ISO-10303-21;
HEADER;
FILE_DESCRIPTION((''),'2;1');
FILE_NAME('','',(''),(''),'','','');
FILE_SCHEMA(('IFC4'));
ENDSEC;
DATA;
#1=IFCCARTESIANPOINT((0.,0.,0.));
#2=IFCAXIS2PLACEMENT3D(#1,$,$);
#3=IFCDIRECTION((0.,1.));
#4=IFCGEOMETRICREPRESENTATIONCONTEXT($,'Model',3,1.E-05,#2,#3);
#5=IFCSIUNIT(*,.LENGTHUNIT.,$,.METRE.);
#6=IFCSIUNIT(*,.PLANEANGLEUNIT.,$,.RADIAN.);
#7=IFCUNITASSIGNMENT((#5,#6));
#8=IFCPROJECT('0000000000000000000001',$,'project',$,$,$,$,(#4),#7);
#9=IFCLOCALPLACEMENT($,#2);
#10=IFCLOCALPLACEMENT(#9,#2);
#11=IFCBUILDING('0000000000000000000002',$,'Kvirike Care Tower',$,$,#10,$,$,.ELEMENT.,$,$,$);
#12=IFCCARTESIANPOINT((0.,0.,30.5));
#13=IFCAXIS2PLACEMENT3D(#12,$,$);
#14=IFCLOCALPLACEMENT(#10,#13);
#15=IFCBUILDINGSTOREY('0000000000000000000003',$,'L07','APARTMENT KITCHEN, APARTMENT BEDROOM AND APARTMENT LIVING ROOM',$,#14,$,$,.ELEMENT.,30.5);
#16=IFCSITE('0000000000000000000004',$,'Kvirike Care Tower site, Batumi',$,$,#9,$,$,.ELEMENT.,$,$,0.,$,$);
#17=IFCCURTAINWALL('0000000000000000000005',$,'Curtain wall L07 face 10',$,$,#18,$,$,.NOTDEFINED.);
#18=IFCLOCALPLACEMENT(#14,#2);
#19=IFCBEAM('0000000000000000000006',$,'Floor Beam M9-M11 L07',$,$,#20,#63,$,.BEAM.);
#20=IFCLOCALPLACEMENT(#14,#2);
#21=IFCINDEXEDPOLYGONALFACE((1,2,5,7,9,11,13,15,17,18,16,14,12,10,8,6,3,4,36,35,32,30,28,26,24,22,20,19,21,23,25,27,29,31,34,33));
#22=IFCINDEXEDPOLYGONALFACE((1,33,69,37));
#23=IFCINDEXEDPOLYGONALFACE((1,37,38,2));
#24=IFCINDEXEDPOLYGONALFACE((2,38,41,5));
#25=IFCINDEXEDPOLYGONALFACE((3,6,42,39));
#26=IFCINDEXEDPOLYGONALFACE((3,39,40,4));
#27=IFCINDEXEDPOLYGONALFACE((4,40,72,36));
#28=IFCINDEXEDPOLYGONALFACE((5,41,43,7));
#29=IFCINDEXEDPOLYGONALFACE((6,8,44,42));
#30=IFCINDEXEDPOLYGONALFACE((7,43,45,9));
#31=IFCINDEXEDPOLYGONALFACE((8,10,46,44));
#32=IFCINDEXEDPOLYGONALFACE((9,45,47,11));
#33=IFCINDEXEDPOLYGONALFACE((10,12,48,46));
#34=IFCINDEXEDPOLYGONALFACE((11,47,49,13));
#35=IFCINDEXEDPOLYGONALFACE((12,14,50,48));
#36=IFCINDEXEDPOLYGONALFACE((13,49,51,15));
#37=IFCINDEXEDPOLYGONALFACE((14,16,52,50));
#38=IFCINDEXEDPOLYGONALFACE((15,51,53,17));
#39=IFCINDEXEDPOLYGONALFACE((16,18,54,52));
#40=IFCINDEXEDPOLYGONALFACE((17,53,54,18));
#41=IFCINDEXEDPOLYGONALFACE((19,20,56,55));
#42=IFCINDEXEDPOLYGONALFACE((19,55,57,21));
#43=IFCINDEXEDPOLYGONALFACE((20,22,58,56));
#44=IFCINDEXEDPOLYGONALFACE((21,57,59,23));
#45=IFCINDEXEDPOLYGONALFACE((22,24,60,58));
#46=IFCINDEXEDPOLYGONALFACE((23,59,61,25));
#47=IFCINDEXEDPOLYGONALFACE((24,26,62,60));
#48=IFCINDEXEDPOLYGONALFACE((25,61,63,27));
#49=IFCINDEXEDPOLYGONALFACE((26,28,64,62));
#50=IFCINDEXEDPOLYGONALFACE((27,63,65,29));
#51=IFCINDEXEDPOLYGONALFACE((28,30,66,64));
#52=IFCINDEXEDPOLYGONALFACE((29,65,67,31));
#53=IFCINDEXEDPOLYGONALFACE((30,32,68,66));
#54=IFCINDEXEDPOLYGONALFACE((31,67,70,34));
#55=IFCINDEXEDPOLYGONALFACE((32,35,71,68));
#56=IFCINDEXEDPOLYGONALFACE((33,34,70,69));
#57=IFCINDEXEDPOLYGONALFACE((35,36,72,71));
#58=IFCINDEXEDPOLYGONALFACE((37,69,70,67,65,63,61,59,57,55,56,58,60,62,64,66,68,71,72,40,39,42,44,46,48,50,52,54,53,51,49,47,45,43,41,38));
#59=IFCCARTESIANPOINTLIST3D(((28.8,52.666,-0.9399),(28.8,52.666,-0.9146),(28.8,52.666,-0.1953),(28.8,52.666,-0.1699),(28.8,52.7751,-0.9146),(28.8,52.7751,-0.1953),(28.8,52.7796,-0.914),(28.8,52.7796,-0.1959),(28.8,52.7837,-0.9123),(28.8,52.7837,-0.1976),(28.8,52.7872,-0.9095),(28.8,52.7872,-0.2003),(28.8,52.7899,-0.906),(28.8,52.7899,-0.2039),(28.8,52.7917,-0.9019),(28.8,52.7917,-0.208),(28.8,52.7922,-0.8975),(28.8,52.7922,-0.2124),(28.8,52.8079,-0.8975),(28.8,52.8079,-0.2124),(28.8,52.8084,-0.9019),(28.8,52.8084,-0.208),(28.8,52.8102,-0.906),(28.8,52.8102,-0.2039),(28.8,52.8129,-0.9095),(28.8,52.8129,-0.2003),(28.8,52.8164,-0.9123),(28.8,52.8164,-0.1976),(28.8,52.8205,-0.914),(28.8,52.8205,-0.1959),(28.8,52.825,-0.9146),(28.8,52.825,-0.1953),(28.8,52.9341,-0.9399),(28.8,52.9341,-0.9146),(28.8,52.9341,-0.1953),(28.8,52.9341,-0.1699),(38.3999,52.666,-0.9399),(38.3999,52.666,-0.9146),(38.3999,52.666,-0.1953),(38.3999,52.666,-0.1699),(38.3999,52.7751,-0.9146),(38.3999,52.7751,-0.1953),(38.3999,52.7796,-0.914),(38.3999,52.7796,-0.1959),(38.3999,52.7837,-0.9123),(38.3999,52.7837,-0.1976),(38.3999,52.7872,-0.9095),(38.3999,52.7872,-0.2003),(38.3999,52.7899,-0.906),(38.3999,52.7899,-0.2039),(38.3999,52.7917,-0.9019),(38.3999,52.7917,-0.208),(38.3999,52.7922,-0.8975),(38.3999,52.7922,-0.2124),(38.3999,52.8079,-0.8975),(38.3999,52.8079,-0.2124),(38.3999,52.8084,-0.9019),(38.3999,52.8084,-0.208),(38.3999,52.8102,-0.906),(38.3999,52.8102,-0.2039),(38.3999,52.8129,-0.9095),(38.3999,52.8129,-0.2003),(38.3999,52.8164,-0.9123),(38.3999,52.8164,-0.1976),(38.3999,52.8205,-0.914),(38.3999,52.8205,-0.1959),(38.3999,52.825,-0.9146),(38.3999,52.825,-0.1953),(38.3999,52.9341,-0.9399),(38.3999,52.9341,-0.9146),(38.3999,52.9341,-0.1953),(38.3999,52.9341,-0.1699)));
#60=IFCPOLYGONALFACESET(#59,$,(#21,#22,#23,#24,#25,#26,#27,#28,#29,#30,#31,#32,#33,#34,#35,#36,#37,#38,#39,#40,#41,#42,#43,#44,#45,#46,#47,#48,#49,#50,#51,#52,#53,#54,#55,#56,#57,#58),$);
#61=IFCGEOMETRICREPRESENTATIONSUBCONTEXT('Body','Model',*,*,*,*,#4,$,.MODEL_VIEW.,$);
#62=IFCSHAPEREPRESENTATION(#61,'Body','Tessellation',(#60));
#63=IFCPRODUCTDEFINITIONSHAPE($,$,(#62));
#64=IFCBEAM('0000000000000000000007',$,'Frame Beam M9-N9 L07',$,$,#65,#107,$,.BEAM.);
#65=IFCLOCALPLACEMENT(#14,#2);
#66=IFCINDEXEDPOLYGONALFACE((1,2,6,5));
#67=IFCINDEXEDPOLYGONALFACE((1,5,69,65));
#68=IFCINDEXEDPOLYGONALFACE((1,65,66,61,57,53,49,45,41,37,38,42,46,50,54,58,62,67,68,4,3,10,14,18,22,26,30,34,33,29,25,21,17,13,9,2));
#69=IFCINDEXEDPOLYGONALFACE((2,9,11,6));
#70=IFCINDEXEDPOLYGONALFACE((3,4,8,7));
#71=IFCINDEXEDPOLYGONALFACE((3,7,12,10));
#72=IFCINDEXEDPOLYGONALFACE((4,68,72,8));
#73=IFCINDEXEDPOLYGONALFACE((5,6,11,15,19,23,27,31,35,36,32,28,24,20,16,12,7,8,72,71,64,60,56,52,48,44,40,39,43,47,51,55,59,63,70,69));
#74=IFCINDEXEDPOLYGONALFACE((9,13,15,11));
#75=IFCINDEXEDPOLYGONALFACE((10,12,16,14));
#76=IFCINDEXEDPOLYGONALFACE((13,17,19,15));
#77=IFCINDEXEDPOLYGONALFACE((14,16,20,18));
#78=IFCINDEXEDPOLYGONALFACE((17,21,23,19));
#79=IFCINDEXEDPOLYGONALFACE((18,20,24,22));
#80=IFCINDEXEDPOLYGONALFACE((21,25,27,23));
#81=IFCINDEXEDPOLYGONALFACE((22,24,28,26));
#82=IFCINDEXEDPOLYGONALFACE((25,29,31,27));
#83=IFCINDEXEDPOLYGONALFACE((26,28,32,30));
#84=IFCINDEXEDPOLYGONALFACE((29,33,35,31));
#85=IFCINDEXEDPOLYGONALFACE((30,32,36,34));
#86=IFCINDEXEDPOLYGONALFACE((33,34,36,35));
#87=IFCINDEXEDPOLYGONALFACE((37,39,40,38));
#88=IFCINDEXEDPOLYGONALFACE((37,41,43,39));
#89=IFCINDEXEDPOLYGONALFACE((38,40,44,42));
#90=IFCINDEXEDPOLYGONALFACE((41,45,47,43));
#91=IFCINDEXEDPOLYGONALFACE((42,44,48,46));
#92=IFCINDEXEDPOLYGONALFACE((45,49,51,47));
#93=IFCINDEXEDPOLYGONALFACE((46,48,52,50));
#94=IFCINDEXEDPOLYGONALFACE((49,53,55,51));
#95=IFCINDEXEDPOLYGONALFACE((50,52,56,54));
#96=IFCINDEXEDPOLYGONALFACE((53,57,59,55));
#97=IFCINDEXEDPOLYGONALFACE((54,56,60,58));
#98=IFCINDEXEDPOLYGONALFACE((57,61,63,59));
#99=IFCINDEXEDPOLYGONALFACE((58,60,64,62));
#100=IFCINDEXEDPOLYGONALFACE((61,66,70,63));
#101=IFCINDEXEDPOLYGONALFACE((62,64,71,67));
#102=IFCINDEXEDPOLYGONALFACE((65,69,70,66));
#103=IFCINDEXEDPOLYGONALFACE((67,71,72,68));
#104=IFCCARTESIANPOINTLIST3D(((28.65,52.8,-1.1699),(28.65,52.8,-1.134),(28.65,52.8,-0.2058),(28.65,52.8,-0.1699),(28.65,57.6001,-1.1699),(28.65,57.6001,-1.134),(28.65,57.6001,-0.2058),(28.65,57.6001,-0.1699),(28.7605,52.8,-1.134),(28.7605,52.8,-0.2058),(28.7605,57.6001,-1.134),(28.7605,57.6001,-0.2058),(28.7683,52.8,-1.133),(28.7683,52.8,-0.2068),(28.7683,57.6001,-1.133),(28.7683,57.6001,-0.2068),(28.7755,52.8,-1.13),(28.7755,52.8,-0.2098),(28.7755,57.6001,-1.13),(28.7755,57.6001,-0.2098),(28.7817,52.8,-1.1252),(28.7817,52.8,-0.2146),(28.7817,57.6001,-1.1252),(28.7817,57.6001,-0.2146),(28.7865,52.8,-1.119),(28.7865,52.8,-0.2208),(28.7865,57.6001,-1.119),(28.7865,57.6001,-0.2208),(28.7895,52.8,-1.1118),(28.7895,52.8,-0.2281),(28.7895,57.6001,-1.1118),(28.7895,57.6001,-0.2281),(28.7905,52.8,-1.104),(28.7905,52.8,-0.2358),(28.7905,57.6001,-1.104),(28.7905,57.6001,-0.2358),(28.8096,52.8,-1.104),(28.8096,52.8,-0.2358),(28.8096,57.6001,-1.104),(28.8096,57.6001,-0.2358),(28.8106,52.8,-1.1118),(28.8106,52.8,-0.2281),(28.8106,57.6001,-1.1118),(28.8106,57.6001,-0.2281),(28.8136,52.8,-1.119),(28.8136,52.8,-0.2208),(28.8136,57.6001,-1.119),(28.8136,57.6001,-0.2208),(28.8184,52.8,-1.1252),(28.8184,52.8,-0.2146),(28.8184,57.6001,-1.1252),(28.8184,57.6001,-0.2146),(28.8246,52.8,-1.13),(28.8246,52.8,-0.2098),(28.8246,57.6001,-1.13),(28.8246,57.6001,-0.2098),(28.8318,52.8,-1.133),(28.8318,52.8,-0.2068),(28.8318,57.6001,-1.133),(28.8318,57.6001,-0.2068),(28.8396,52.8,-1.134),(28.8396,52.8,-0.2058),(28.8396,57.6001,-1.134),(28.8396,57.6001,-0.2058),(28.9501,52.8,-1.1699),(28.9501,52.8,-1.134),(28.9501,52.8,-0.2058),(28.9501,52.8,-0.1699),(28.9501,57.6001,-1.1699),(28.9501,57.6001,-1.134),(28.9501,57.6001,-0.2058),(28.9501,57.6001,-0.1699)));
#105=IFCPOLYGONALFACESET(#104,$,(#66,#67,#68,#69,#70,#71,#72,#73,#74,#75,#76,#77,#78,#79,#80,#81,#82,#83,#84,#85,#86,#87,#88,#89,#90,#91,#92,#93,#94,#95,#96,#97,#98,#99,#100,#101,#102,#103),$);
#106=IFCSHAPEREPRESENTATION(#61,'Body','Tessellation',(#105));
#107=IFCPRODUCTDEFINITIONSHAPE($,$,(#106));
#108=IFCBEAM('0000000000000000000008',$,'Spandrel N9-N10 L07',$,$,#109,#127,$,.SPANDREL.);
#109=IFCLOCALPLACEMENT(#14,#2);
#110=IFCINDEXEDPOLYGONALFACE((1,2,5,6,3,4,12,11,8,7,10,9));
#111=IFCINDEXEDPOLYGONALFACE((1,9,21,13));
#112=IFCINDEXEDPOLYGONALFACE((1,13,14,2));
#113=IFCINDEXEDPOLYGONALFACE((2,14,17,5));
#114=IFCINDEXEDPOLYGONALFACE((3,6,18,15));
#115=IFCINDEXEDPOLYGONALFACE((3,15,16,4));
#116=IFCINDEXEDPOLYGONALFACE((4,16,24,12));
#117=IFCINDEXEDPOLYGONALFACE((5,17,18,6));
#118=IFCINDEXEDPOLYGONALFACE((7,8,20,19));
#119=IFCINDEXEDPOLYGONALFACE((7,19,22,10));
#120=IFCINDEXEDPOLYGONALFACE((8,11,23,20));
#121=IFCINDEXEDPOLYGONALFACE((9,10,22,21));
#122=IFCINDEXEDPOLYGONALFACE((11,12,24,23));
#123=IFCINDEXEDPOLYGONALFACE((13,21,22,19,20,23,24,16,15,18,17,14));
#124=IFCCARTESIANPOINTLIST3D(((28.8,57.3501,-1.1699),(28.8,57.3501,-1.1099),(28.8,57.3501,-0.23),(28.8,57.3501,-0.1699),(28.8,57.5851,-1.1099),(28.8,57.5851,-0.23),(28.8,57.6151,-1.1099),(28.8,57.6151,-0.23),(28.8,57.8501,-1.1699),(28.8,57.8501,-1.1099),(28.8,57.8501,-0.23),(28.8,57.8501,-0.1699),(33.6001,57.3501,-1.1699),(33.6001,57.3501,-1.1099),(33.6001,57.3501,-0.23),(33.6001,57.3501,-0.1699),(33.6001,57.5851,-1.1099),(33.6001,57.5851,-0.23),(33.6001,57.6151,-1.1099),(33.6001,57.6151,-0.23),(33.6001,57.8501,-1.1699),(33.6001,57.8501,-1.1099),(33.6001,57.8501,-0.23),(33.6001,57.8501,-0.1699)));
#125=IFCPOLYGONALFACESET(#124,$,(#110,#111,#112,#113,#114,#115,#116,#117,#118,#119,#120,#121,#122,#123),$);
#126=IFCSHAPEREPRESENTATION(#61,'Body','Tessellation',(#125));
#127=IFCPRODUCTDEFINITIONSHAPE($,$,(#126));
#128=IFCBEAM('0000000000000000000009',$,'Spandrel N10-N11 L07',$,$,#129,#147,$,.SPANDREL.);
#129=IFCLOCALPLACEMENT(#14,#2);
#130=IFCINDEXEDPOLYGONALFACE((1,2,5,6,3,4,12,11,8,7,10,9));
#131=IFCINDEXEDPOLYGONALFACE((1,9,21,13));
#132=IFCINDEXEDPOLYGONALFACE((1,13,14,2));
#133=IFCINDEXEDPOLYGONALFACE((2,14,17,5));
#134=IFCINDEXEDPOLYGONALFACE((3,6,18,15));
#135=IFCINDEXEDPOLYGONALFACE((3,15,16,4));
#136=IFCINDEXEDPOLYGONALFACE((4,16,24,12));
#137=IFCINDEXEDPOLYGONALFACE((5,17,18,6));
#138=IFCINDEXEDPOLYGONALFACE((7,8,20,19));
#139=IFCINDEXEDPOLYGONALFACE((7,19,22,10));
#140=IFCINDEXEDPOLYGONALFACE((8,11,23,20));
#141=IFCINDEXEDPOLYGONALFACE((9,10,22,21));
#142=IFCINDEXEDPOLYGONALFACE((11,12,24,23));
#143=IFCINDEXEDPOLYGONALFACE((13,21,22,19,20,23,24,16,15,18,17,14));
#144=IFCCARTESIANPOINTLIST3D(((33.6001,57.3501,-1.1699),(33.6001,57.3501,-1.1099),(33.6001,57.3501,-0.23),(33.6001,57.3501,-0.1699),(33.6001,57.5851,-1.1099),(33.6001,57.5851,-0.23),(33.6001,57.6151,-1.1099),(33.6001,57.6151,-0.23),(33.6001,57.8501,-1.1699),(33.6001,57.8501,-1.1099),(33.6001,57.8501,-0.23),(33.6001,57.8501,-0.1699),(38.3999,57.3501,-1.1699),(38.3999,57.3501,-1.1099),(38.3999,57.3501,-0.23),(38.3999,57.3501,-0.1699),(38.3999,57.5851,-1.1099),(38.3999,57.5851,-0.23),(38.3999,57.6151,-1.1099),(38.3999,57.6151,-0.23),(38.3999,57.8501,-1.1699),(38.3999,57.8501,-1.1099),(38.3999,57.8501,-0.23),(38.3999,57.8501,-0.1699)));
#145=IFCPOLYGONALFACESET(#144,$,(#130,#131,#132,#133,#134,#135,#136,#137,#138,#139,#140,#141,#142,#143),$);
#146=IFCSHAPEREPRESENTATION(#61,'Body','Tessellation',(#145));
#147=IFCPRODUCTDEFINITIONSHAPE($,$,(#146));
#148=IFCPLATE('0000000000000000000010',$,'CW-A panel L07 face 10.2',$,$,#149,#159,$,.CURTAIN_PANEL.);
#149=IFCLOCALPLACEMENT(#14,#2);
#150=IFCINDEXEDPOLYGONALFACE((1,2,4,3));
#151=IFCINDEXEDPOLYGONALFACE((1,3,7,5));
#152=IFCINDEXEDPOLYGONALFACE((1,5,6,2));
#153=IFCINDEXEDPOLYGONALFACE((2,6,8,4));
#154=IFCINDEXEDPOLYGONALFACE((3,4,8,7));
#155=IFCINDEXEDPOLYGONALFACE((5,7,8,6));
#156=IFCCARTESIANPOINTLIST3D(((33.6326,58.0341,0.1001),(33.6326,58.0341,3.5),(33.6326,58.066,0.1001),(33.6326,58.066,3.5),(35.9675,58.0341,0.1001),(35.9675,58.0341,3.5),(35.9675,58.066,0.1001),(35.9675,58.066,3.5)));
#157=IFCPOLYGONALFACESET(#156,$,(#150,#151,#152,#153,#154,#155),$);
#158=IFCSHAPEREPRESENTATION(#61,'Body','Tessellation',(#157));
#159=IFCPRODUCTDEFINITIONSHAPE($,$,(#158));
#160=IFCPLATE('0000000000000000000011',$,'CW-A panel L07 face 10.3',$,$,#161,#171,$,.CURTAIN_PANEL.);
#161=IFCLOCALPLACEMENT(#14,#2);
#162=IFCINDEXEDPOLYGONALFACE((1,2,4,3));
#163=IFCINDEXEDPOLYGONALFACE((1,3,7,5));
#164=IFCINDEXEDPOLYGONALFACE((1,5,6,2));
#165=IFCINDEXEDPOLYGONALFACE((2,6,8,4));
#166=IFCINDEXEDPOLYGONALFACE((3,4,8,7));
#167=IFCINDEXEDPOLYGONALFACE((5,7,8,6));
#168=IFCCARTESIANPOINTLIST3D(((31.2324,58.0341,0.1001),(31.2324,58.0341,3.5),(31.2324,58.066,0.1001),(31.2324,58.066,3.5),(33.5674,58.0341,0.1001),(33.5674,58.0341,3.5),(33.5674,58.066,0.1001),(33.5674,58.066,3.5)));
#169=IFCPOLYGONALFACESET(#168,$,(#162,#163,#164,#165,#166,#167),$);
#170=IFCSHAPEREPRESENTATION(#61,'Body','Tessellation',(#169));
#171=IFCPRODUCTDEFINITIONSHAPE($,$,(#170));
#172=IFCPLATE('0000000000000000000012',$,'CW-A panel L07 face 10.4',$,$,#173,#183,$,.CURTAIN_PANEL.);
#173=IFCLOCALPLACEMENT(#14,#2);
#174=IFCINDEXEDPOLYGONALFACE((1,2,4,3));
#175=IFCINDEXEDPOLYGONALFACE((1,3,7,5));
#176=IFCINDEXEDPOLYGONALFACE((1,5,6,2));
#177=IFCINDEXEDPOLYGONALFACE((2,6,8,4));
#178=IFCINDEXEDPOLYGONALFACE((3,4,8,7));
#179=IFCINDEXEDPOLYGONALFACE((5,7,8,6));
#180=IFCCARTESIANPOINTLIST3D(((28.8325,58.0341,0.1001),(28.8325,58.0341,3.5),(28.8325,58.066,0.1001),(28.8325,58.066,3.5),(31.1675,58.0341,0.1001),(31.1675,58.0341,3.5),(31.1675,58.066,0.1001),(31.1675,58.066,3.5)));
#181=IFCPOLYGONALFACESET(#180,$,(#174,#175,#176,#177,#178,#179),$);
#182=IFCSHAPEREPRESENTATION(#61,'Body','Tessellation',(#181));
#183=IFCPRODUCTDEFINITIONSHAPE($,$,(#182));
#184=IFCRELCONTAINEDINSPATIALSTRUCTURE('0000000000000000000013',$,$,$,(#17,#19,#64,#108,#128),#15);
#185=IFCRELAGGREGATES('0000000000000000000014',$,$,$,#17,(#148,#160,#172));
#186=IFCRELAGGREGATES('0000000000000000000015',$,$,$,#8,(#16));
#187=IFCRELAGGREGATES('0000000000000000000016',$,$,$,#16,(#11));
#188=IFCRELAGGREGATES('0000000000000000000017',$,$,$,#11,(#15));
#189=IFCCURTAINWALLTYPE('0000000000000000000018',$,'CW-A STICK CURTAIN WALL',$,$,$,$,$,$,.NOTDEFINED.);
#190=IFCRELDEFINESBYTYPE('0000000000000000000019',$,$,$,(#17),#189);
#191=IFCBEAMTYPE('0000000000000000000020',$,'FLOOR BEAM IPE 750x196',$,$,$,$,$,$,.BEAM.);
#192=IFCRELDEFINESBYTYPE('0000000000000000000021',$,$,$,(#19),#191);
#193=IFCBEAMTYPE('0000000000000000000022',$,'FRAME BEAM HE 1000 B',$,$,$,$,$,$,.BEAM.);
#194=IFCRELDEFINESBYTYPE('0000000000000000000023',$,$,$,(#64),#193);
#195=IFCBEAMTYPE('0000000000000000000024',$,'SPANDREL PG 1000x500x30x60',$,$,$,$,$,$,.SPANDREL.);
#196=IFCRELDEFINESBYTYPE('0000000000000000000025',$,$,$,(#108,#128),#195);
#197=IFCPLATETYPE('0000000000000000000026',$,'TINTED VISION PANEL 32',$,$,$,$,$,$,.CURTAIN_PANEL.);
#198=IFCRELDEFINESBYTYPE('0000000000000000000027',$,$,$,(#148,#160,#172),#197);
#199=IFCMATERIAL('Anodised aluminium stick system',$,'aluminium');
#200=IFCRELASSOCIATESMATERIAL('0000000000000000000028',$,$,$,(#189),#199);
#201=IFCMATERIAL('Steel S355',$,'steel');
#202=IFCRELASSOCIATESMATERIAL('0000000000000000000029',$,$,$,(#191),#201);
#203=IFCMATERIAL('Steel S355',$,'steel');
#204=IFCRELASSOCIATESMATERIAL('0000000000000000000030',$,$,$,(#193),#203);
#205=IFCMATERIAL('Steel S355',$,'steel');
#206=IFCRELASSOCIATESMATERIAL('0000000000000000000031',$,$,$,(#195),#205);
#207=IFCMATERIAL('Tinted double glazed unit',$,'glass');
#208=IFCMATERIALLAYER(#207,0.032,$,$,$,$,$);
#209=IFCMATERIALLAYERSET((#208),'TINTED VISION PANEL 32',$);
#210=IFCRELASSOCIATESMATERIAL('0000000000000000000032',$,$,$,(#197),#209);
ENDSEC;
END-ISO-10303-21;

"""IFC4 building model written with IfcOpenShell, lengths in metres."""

from ifc_helpers import new_model, si_unit, direction, frame, origin, origin_2d, place, context, subcontext, project, spatial, rectangle, i_section, extrude, material, layer, layer_set, material_profile, profile_set, type_object, element, aggregate, save


model = new_model("IFC4")

# Units and contexts
model_context = context("Model", 3, precision=1e-05, world=origin(), true_north=direction((0.0, 1.0)))
body_context = subcontext(model_context, "Body", "Model", "MODEL_VIEW")
ifc_project = project(units=[si_unit("LENGTHUNIT", "METRE"), si_unit("PLANEANGLEUNIT", "RADIAN")], contexts=[model_context])

# Site, building, storey
site_placement = place(None, origin())
site = spatial("IfcSite", under=ifc_project, at=site_placement, Name="Kvirike Care Tower site, Batumi", CompositionType="ELEMENT", RefElevation=0.0)
building_placement = place(site_placement, origin())
building = spatial("IfcBuilding", under=site, at=building_placement, Name="Kvirike Care Tower", CompositionType="ELEMENT")
storey_placement = place(building_placement, frame((0.0, 0.0, 30.5)))
storey = spatial("IfcBuildingStorey", under=building, at=storey_placement, Name="L07", Description="APARTMENT KITCHEN, APARTMENT BEDROOM AND APARTMENT LIVING ROOM", CompositionType="ELEMENT", Elevation=30.5)

# Curtain wall
ifc_material_1 = material(Name="Anodised aluminium stick system", Category="aluminium")
curtain_wall_type = type_object("IfcCurtainWallType", Name="CW-A STICK CURTAIN WALL", PredefinedType="NOTDEFINED", material=ifc_material_1)
curtain_wall_placement = place(storey_placement, origin())
curtain_wall = element("IfcCurtainWall", 1, at=curtain_wall_placement, inside=storey, type_object=curtain_wall_type, Name="Curtain wall L07 face 10", PredefinedType="NOTDEFINED")

# Beams
ifc_material_2 = material(Name="Steel S355", Category="steel")
ifc_material_profile_1 = material_profile(ifc_material_2, i_section(OverallWidth=0.2681, OverallDepth=0.77, WebThickness=0.0156, FlangeThickness=0.0254, FilletRadius=0.0171, at=origin_2d()), Name="IPE 750x196")
ifc_profile_set_1 = profile_set([ifc_material_profile_1], Name="Steel S355")
beam_type_1 = type_object("IfcBeamType", Name="FLOOR BEAM IPE 750x196", PredefinedType="BEAM", material=ifc_profile_set_1)
beam_1_placement = place(storey_placement, frame((28.8, 52.8, -0.5549), z_axis=(1.0, 0.0, 0.0), x_axis=(0.0, 1.0, 0.0)))
element("IfcBeam", 2, at=beam_1_placement, inside=storey, type_object=beam_type_1, Name="Floor Beam M9-M11 L07", PredefinedType="BEAM", context=body_context, shape_type="SweptSolid", body=[
    extrude(i_section(OverallWidth=0.2681, OverallDepth=0.77, WebThickness=0.0156, FlangeThickness=0.0254, FilletRadius=0.0171, at=origin_2d()), origin(), (0.0, 0.0, 1.0), 9.5999),
])
ifc_material_3 = material(Name="Steel S355", Category="steel")
ifc_material_profile_2 = material_profile(ifc_material_3, i_section(OverallWidth=0.3, OverallDepth=1.0, WebThickness=0.019, FlangeThickness=0.0359, FilletRadius=0.03, at=origin_2d()), Name="HE 1000 B")
ifc_profile_set_2 = profile_set([ifc_material_profile_2], Name="Steel S355")
beam_type_2 = type_object("IfcBeamType", Name="FRAME BEAM HE 1000 B", PredefinedType="BEAM", material=ifc_profile_set_2)
beam_2_placement = place(storey_placement, frame((28.8, 52.8, -0.6699), z_axis=(0.0, 1.0, 0.0), x_axis=(-1.0, 0.0, 0.0)))
element("IfcBeam", 3, at=beam_2_placement, inside=storey, type_object=beam_type_2, Name="Frame Beam M9-N9 L07", PredefinedType="BEAM", context=body_context, shape_type="SweptSolid", body=[
    extrude(i_section(OverallWidth=0.3, OverallDepth=1.0, WebThickness=0.019, FlangeThickness=0.0359, FilletRadius=0.03, at=origin_2d()), origin(), (0.0, 0.0, 1.0), 4.8),
])
ifc_material_4 = material(Name="Steel S355", Category="steel")
ifc_material_profile_3 = material_profile(ifc_material_4, i_section(OverallWidth=0.5, OverallDepth=1.0, WebThickness=0.03, FlangeThickness=0.0601, at=origin_2d()), Name="PG 1000x500x30x60")
ifc_profile_set_3 = profile_set([ifc_material_profile_3], Name="Steel S355")
beam_type_3 = type_object("IfcBeamType", Name="SPANDREL PG 1000x500x30x60", PredefinedType="SPANDREL", material=ifc_profile_set_3)
beam_3_placement = place(storey_placement, frame((28.8, 57.6001, -0.6699), z_axis=(1.0, 0.0, 0.0), x_axis=(0.0, 1.0, 0.0)))
element("IfcBeam", 4, at=beam_3_placement, inside=storey, type_object=beam_type_3, Name="Spandrel N9-N10 L07", PredefinedType="SPANDREL", context=body_context, shape_type="SweptSolid", body=[
    extrude(i_section(OverallWidth=0.5, OverallDepth=1.0, WebThickness=0.03, FlangeThickness=0.0601, at=origin_2d()), origin(), (0.0, 0.0, 1.0), 4.8),
])
beam_4_placement = place(storey_placement, frame((33.6001, 57.6001, -0.6699), z_axis=(1.0, 0.0, 0.0), x_axis=(0.0, 1.0, 0.0)))
element("IfcBeam", 5, at=beam_4_placement, inside=storey, type_object=beam_type_3, Name="Spandrel N10-N11 L07", PredefinedType="SPANDREL", context=body_context, shape_type="SweptSolid", body=[
    extrude(i_section(OverallWidth=0.5, OverallDepth=1.0, WebThickness=0.03, FlangeThickness=0.0601, at=origin_2d()), origin(), (0.0, 0.0, 1.0), 4.7998),
])

# Plates
ifc_material_5 = material(Name="Tinted double glazed unit", Category="glass")
ifc_layer_1 = layer(ifc_material_5, 0.032)
ifc_layer_set_1 = layer_set([ifc_layer_1], Name="TINTED VISION PANEL 32")
plate_type = type_object("IfcPlateType", Name="TINTED VISION PANEL 32", PredefinedType="CURTAIN_PANEL", material=ifc_layer_set_1)
plate_1_placement = place(storey_placement, frame((34.8, 58.05, 0.1001), z_axis=(0.0, 0.0, 1.0), x_axis=(-1.0, 0.0, 0.0)))
plate_1 = element("IfcPlate", 6, at=plate_1_placement, type_object=plate_type, Name="CW-A panel L07 face 10.2", PredefinedType="CURTAIN_PANEL", context=body_context, shape_type="SweptSolid", body=[
    extrude(rectangle(XDim=2.335, YDim=0.032, at=origin_2d()), origin(), (0.0, 0.0, 1.0), 3.3999),
])
plate_2_placement = place(storey_placement, frame((32.3999, 58.05, 0.1001), z_axis=(0.0, 0.0, 1.0), x_axis=(-1.0, 0.0, 0.0)))
plate_2 = element("IfcPlate", 7, at=plate_2_placement, type_object=plate_type, Name="CW-A panel L07 face 10.3", PredefinedType="CURTAIN_PANEL", context=body_context, shape_type="SweptSolid", body=[
    extrude(rectangle(XDim=2.335, YDim=0.032, at=origin_2d()), origin(), (0.0, 0.0, 1.0), 3.3999),
])
plate_3_placement = place(storey_placement, frame((30.0, 58.05, 0.1001), z_axis=(0.0, 0.0, 1.0), x_axis=(-1.0, 0.0, 0.0)))
plate_3 = element("IfcPlate", 8, at=plate_3_placement, type_object=plate_type, Name="CW-A panel L07 face 10.4", PredefinedType="CURTAIN_PANEL", context=body_context, shape_type="SweptSolid", body=[
    extrude(rectangle(XDim=2.335, YDim=0.032, at=origin_2d()), origin(), (0.0, 0.0, 1.0), 3.3999),
])
aggregate(curtain_wall, [plate_1, plate_2, plate_3])

save(model, "model.ifc")
